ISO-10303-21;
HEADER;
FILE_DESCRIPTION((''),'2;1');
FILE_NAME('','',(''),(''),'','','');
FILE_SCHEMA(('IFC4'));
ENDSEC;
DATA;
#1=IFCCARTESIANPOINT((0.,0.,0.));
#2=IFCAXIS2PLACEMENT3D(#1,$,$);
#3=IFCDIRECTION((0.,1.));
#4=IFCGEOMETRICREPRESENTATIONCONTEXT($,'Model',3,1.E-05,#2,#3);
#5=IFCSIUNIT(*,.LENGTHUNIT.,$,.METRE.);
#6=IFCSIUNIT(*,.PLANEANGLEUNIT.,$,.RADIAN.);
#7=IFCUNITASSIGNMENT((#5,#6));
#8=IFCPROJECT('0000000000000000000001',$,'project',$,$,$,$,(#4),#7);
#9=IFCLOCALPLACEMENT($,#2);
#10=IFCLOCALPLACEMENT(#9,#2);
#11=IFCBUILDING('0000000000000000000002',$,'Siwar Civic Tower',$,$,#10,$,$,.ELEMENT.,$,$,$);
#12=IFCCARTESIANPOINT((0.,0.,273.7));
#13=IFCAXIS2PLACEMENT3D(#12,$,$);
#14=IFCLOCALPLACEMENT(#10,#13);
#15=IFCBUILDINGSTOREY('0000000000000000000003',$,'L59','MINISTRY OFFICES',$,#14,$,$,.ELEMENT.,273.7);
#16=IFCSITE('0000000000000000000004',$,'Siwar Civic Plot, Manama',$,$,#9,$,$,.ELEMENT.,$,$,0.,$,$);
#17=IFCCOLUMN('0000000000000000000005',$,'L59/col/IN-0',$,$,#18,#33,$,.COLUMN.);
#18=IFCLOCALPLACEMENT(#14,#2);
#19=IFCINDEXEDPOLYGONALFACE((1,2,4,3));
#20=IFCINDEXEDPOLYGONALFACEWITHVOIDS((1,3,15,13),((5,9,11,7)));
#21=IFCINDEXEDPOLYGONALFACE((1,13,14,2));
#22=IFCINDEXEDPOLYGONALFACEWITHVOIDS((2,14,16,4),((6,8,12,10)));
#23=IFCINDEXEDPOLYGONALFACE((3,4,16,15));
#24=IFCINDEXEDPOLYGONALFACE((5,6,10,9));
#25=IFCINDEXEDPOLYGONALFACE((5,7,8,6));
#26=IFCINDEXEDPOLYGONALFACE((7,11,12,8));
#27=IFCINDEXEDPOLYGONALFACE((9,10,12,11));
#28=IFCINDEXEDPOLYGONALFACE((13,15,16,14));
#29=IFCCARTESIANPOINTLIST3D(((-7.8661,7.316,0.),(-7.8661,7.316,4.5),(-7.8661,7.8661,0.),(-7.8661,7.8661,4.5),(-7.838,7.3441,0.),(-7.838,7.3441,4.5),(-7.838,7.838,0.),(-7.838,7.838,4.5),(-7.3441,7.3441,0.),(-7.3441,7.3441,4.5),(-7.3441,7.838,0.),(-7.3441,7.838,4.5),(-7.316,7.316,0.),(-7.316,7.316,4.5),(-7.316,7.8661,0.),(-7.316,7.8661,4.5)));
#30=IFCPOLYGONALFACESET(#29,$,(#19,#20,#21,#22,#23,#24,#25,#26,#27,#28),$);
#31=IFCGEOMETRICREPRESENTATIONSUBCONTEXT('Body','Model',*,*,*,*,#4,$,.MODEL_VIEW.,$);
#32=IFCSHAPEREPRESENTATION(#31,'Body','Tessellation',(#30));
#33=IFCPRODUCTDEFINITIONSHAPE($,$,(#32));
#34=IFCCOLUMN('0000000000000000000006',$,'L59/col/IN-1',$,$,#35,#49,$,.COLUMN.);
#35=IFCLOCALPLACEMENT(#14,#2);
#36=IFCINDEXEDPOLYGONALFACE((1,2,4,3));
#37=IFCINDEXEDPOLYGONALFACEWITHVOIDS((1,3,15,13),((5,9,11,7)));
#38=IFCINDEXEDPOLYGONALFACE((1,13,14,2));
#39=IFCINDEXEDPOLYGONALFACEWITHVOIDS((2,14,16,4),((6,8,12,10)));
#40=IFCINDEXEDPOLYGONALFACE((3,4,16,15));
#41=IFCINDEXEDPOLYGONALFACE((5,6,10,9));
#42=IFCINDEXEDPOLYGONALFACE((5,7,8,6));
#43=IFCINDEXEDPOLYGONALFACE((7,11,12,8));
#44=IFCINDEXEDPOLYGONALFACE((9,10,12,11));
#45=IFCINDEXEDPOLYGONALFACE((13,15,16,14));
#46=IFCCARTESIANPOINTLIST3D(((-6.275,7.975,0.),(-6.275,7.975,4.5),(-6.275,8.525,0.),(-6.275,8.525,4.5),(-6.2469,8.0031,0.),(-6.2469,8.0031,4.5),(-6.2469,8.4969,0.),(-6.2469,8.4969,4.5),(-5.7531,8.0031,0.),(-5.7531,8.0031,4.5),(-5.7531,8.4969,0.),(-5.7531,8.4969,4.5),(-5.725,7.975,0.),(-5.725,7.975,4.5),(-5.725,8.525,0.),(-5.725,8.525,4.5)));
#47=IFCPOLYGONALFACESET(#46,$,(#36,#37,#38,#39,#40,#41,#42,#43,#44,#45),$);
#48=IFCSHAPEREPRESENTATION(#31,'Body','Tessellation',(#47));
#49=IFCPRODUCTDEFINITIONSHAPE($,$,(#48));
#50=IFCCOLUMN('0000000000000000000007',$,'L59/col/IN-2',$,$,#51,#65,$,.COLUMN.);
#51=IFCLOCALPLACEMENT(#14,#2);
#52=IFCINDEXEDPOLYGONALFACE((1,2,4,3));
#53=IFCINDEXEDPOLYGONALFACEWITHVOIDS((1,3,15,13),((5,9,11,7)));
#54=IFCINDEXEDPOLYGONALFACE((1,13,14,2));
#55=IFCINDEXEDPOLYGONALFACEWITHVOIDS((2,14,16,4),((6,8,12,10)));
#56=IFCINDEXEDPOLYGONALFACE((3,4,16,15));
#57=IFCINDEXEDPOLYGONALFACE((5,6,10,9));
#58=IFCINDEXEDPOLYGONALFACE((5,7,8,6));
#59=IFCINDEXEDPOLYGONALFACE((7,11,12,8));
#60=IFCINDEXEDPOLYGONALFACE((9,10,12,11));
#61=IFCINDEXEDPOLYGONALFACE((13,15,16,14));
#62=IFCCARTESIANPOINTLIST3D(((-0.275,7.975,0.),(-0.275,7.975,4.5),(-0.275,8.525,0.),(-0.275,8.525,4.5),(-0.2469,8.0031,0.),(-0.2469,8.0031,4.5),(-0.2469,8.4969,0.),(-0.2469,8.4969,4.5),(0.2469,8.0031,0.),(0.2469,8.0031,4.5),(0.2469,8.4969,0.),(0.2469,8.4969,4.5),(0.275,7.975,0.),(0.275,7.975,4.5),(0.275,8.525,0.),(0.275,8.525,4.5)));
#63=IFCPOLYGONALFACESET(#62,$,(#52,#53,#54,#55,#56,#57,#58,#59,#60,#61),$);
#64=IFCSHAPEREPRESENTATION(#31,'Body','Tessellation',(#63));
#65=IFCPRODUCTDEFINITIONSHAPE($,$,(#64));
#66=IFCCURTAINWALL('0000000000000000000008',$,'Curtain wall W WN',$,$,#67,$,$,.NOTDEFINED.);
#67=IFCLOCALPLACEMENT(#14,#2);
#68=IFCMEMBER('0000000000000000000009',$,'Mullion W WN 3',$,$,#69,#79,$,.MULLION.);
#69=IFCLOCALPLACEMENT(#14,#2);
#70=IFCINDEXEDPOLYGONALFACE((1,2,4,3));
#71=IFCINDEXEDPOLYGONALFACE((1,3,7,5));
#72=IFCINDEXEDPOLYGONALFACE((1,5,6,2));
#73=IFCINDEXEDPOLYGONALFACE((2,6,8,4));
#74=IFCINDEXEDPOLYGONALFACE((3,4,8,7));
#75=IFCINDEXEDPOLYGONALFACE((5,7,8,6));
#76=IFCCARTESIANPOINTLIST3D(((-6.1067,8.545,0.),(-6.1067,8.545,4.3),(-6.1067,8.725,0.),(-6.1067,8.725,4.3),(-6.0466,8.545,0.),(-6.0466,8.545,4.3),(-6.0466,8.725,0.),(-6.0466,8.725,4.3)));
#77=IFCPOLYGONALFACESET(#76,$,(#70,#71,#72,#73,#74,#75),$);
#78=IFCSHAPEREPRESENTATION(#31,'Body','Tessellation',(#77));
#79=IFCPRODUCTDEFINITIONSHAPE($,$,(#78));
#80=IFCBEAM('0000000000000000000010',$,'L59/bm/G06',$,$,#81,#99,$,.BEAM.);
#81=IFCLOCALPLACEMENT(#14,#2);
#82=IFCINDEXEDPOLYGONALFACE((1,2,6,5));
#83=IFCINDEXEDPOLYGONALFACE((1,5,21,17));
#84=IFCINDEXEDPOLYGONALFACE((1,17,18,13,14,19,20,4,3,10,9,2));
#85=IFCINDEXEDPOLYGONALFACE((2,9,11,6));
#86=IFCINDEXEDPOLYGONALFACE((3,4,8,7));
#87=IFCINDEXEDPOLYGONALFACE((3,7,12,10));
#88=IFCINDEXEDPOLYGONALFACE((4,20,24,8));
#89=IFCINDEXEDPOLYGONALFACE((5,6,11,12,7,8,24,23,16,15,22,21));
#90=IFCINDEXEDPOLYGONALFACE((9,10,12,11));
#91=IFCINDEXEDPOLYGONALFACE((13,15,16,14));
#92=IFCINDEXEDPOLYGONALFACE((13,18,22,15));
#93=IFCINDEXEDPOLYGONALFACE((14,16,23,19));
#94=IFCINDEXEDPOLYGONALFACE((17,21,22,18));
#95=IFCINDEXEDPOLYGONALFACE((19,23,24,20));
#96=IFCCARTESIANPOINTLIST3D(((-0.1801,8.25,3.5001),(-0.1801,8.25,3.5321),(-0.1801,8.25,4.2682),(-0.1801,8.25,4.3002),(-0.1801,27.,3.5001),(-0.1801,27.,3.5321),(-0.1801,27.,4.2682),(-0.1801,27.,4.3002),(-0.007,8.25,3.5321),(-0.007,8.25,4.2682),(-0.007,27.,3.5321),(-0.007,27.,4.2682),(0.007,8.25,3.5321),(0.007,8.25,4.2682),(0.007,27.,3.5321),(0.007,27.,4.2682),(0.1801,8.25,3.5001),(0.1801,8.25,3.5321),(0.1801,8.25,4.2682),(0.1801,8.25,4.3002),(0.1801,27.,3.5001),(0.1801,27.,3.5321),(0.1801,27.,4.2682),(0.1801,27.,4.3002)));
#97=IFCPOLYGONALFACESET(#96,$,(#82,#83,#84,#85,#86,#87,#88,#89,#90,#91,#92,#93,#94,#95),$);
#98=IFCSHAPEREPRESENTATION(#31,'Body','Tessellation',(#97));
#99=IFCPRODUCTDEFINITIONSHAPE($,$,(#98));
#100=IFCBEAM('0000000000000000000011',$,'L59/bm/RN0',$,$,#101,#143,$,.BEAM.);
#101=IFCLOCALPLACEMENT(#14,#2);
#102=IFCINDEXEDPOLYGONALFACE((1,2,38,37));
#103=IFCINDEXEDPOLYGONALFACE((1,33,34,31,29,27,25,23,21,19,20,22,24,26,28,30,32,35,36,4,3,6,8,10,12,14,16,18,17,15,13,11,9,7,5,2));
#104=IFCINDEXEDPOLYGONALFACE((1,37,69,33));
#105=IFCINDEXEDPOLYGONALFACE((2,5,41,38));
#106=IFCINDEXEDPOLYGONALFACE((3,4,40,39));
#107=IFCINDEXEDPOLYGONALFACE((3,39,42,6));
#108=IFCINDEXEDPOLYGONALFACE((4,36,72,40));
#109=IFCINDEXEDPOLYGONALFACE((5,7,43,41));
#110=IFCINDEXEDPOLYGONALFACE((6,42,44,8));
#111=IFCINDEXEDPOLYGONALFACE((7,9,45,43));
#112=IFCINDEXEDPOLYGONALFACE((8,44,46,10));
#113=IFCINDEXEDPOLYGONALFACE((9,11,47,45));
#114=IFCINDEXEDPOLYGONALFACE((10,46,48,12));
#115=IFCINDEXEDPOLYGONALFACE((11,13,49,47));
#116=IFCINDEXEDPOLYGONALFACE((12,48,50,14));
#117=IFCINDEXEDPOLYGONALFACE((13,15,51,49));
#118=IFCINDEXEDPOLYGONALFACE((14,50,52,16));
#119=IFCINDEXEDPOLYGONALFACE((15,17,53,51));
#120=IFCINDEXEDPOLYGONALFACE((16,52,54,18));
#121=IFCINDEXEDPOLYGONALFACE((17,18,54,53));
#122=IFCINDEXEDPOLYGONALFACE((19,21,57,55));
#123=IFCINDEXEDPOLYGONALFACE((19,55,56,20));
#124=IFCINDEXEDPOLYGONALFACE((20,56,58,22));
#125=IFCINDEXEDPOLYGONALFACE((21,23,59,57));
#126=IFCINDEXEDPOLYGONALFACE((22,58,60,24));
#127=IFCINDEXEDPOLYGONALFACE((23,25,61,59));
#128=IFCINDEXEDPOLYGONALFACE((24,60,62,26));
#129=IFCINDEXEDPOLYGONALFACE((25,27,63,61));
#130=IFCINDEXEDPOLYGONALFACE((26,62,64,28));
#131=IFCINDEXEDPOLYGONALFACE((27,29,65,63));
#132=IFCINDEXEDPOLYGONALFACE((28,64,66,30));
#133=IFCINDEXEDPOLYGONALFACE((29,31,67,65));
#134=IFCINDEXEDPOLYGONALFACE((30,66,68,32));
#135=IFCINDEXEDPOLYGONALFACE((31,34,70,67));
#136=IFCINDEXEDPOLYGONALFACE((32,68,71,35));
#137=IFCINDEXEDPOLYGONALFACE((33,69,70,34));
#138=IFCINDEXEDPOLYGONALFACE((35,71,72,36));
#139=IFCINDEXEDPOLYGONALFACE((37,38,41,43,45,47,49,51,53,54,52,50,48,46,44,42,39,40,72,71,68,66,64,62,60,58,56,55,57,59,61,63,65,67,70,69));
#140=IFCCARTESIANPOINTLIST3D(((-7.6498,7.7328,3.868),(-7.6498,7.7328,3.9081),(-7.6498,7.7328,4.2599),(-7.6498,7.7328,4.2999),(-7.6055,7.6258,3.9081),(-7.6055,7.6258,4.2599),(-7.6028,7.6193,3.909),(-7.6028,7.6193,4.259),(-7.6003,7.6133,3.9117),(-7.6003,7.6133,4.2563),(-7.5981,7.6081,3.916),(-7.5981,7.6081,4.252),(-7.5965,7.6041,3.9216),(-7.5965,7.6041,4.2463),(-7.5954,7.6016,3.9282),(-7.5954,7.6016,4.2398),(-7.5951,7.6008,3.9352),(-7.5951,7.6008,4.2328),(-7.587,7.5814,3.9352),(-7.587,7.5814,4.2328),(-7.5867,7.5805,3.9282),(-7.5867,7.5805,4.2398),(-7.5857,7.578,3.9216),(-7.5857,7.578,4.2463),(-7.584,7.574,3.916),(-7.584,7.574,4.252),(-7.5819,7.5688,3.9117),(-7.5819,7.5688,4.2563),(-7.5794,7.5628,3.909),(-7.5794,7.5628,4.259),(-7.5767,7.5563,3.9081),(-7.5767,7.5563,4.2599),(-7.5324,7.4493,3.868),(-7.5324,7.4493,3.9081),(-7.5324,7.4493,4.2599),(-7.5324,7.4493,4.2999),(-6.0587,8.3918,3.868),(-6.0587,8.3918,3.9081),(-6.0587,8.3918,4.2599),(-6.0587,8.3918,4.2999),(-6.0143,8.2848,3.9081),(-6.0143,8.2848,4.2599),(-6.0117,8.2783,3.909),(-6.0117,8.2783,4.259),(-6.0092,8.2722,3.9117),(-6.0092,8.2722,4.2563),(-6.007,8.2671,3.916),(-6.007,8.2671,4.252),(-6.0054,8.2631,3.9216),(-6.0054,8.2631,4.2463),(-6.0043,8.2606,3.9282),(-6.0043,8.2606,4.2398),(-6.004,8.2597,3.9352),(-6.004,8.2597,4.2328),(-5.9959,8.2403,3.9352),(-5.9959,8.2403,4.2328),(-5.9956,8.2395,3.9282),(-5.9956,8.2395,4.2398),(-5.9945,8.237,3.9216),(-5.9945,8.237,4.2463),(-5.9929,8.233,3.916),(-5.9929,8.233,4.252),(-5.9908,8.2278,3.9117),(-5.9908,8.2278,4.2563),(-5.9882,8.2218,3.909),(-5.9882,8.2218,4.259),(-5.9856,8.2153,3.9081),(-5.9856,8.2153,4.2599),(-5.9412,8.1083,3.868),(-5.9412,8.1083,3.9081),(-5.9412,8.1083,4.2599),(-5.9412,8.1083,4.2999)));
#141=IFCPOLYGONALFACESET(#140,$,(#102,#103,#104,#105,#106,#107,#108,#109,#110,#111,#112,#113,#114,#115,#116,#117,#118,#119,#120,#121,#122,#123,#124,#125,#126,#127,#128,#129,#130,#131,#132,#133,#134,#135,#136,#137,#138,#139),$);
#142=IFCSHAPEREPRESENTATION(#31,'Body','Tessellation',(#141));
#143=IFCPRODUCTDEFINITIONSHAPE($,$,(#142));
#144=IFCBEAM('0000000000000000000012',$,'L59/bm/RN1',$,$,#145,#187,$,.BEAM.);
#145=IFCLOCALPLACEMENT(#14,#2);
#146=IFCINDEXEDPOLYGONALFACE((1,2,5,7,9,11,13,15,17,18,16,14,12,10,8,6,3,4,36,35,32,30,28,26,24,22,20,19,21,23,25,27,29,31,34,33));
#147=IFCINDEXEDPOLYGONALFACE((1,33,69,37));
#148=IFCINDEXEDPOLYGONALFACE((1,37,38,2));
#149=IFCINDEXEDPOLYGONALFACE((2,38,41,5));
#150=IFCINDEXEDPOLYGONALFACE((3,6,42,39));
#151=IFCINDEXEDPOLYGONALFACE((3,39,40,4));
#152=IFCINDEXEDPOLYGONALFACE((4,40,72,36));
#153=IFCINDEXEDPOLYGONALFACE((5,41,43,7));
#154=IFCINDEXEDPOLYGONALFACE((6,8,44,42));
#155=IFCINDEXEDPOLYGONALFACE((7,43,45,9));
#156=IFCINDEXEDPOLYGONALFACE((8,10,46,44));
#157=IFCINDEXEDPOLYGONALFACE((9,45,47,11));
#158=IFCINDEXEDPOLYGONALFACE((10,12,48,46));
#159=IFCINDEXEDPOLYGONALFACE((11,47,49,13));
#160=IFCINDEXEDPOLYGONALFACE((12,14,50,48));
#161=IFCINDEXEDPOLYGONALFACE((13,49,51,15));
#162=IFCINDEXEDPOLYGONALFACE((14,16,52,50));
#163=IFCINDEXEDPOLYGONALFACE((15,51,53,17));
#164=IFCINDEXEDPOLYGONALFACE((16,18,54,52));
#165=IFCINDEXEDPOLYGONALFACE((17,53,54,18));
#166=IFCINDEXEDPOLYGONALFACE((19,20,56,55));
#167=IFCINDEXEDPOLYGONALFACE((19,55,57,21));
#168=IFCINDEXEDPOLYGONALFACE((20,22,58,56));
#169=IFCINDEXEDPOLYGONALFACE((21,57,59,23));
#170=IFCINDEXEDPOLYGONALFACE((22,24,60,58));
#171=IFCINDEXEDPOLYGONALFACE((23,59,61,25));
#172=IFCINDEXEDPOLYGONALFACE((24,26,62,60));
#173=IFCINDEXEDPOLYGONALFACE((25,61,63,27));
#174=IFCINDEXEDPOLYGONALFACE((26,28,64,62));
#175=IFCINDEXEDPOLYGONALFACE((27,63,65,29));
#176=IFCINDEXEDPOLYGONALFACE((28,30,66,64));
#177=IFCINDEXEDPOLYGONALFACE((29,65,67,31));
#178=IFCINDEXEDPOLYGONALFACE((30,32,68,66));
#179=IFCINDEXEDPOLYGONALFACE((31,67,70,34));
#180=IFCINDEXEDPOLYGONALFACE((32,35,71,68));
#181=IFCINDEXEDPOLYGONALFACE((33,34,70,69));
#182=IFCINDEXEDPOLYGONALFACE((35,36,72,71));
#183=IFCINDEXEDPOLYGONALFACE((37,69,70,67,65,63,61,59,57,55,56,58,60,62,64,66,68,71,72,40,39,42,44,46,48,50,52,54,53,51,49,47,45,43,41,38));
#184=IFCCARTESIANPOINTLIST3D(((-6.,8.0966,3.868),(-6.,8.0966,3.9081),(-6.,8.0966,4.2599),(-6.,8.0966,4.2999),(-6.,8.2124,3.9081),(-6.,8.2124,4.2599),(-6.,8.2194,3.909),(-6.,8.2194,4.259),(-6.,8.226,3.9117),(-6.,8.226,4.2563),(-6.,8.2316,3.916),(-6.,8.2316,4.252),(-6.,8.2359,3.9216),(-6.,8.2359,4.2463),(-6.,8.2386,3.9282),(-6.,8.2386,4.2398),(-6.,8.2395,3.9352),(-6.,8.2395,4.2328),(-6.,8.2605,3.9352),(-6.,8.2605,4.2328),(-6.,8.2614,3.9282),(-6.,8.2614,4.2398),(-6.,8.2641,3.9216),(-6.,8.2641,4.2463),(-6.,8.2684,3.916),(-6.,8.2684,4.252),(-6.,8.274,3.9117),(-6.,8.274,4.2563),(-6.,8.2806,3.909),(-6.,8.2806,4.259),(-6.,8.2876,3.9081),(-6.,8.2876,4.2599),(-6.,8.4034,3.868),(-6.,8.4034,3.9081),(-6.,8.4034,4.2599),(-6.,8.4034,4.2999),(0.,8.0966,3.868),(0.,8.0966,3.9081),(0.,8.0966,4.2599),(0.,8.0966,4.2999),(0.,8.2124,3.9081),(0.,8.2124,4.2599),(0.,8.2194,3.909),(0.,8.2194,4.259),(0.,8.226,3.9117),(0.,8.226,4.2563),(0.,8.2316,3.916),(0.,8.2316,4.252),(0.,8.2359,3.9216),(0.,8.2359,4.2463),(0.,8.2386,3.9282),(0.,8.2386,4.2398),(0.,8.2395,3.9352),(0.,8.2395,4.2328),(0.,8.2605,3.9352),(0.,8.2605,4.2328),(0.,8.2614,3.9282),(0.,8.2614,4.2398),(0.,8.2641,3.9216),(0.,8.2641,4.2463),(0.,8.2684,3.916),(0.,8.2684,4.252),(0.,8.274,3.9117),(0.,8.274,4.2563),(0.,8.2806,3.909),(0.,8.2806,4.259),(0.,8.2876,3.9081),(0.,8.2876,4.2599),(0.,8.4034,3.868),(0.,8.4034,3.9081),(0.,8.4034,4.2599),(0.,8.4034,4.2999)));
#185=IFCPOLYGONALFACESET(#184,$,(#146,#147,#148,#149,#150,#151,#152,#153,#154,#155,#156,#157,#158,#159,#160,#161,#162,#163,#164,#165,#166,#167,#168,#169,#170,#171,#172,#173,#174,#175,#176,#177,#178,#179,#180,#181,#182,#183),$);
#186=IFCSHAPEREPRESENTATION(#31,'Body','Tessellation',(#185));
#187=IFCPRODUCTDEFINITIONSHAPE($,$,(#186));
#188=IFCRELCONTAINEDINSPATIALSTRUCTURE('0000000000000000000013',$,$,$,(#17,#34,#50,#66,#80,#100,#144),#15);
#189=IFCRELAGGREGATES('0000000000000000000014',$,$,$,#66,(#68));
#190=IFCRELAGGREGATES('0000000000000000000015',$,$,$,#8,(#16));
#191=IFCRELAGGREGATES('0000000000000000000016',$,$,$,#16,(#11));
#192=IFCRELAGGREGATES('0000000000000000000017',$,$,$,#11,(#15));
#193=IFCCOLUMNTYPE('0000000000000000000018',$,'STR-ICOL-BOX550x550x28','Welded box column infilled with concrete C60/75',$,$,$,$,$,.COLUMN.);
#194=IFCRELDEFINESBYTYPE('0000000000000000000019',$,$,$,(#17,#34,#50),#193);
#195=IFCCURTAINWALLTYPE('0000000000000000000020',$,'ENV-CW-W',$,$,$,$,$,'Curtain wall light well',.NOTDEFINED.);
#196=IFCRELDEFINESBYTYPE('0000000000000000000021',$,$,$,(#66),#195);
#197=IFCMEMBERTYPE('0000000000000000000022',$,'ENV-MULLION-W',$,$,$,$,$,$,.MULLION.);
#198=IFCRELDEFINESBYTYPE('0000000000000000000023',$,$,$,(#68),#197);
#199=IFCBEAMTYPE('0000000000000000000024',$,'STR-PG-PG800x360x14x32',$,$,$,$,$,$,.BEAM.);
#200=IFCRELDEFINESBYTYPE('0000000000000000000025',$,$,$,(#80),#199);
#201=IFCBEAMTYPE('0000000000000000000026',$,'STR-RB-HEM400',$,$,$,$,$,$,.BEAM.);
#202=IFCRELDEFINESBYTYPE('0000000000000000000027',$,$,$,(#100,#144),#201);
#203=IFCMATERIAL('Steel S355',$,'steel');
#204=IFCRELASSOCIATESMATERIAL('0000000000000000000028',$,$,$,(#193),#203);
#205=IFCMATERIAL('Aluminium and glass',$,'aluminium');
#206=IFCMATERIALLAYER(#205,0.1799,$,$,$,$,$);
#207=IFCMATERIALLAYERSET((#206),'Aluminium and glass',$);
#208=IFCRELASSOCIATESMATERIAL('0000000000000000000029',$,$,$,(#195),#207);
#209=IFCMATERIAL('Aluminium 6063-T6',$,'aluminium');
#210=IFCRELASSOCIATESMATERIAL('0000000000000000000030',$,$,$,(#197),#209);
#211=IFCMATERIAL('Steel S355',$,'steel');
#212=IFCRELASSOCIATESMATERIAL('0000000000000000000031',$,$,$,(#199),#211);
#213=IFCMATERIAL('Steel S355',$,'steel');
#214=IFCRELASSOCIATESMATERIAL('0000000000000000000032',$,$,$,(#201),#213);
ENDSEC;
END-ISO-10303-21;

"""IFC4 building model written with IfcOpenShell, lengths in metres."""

from ifc_helpers import new_model, si_unit, direction, frame, origin, origin_2d, place, context, subcontext, project, spatial, rectangle, hollow_rectangle, i_section, extrude, material, layer, layer_set, material_profile, profile_set, type_object, element, aggregate, save


model = new_model("IFC4")

# Units and contexts
model_context = context("Model", 3, precision=1e-05, world=origin(), true_north=direction((0.0, 1.0)))
body_context = subcontext(model_context, "Body", "Model", "MODEL_VIEW")
ifc_project = project(units=[si_unit("LENGTHUNIT", "METRE"), si_unit("PLANEANGLEUNIT", "RADIAN")], contexts=[model_context])

# Site, building, storey
site_placement = place(None, origin())
site = spatial("IfcSite", under=ifc_project, at=site_placement, Name="Siwar Civic Plot, Manama", CompositionType="ELEMENT", RefElevation=0.0)
building_placement = place(site_placement, origin())
building = spatial("IfcBuilding", under=site, at=building_placement, Name="Siwar Civic Tower", CompositionType="ELEMENT")
storey_placement = place(building_placement, frame((0.0, 0.0, 273.7)))
storey = spatial("IfcBuildingStorey", under=building, at=storey_placement, Name="L59", Description="MINISTRY OFFICES", CompositionType="ELEMENT", Elevation=273.7)

# Columns
ifc_material_1 = material(Name="Steel S355", Category="steel")
ifc_material_profile_1 = material_profile(ifc_material_1, hollow_rectangle(XDim=0.55, YDim=0.55, WallThickness=0.0281, at=origin_2d()), Name="BOX550x550x28")
ifc_profile_set_1 = profile_set([ifc_material_profile_1], Name="Steel S355")
column_type = type_object("IfcColumnType", Name="STR-ICOL-BOX550x550x28", Description="Welded box column infilled with concrete C60/75", PredefinedType="COLUMN", material=ifc_profile_set_1)
for number, where, z_axis, x_axis, name in (
    (1, (-7.5911, 7.5911, 0.0), (0.0, 0.0, 1.0), (1.0, 0.0, 0.0), "L59/col/IN-0"),
    (2, (-6.0, 8.25, 0.0), (0.0, 0.0, 1.0), (1.0, 0.0, 0.0), "L59/col/IN-1"),
    (3, (0.0, 8.25, 0.0), (0.0, 0.0, 1.0), (1.0, 0.0, 0.0), "L59/col/IN-2"),
):
    element("IfcColumn", number, at=place(storey_placement, frame(where, z_axis=z_axis, x_axis=x_axis)), inside=storey, type_object=column_type, Name=name, PredefinedType="COLUMN", context=body_context, shape_type="SweptSolid", body=[
        extrude(hollow_rectangle(XDim=0.55, YDim=0.55, WallThickness=0.0281, at=origin_2d()), origin(), (0.0, 0.0, 1.0), 4.5),
    ])

# Curtain wall, member
ifc_material_2 = material(Name="Aluminium and glass", Category="aluminium")
ifc_layer_1 = layer(ifc_material_2, 0.1799)
ifc_layer_set_1 = layer_set([ifc_layer_1], Name="Aluminium and glass")
curtain_wall_type = type_object("IfcCurtainWallType", Name="ENV-CW-W", ElementType="Curtain wall light well", PredefinedType="NOTDEFINED", material=ifc_layer_set_1)
curtain_wall_placement = place(storey_placement, origin())
curtain_wall = element("IfcCurtainWall", 4, at=curtain_wall_placement, inside=storey, type_object=curtain_wall_type, Name="Curtain wall W WN", PredefinedType="NOTDEFINED")
ifc_material_3 = material(Name="Aluminium 6063-T6", Category="aluminium")
ifc_material_profile_2 = material_profile(ifc_material_3, rectangle(XDim=0.1799, YDim=0.0601, at=origin_2d()), Name="AL 180x60")
ifc_profile_set_2 = profile_set([ifc_material_profile_2], Name="Aluminium 6063-T6")
member_type = type_object("IfcMemberType", Name="ENV-MULLION-W", PredefinedType="MULLION", material=ifc_profile_set_2)
member_placement = place(storey_placement, frame((-6.0767, 8.635, 0.0), z_axis=(0.0, 0.0, 1.0), x_axis=(0.0, -1.0, 0.0)))
member = element("IfcMember", 5, at=member_placement, type_object=member_type, Name="Mullion W WN 3", PredefinedType="MULLION", context=body_context, shape_type="SweptSolid", body=[
    extrude(rectangle(XDim=0.1799, YDim=0.0601, at=origin_2d()), origin(), (0.0, 0.0, 1.0), 4.3),
])

# Beams
ifc_material_4 = material(Name="Steel S355", Category="steel")
ifc_material_profile_3 = material_profile(ifc_material_4, i_section(OverallWidth=0.3601, OverallDepth=0.8, WebThickness=0.0139, FlangeThickness=0.032, at=origin_2d()), Name="PG800x360x14x32")
ifc_profile_set_3 = profile_set([ifc_material_profile_3], Name="Steel S355")
beam_type_1 = type_object("IfcBeamType", Name="STR-PG-PG800x360x14x32", PredefinedType="BEAM", material=ifc_profile_set_3)
beam_1_placement = place(storey_placement, frame((0.0, 8.25, 3.9001), z_axis=(0.0, 1.0, 0.0), x_axis=(-1.0, 0.0, 0.0)))
element("IfcBeam", 6, at=beam_1_placement, inside=storey, type_object=beam_type_1, Name="L59/bm/G06", PredefinedType="BEAM", context=body_context, shape_type="SweptSolid", body=[
    extrude(i_section(OverallWidth=0.3601, OverallDepth=0.8, WebThickness=0.0139, FlangeThickness=0.032, at=origin_2d()), origin(), (0.0, 0.0, 1.0), 18.75),
])
ifc_material_5 = material(Name="Steel S355", Category="steel")
ifc_material_profile_4 = material_profile(ifc_material_5, i_section(OverallWidth=0.3069, OverallDepth=0.4319, WebThickness=0.021, FlangeThickness=0.04, FilletRadius=0.0271, at=origin_2d()), Name="HEM400")
ifc_profile_set_4 = profile_set([ifc_material_profile_4], Name="Steel S355")
beam_type_2 = type_object("IfcBeamType", Name="STR-RB-HEM400", PredefinedType="BEAM", material=ifc_profile_set_4)
beam_2_placement = place(storey_placement, frame((-7.5911, 7.5911, 4.084), z_axis=(0.923901, 0.382631, 0.0), x_axis=(-0.382631, 0.923901, 0.0)))
element("IfcBeam", 7, at=beam_2_placement, inside=storey, type_object=beam_type_2, Name="L59/bm/RN0", PredefinedType="BEAM", context=body_context, shape_type="SweptSolid", body=[
    extrude(i_section(OverallWidth=0.3069, OverallDepth=0.4319, WebThickness=0.021, FlangeThickness=0.04, FilletRadius=0.0271, at=origin_2d()), origin(), (0.0, 0.0, 1.0), 1.7222),
])
for number, where, z_axis, x_axis, name in (
    (8, (-6.0, 8.25, 4.084), (1.0, 0.0, 0.0), (0.0, 1.0, 0.0), "L59/bm/RN1"),
):
    element("IfcBeam", number, at=place(storey_placement, frame(where, z_axis=z_axis, x_axis=x_axis)), inside=storey, type_object=beam_type_2, Name=name, PredefinedType="BEAM", context=body_context, shape_type="SweptSolid", body=[
        extrude(i_section(OverallWidth=0.3069, OverallDepth=0.4319, WebThickness=0.021, FlangeThickness=0.04, FilletRadius=0.0271, at=origin_2d()), origin(), (0.0, 0.0, 1.0), 6.0),
    ])

aggregate(curtain_wall, [member])

save(model, "model.ifc")
